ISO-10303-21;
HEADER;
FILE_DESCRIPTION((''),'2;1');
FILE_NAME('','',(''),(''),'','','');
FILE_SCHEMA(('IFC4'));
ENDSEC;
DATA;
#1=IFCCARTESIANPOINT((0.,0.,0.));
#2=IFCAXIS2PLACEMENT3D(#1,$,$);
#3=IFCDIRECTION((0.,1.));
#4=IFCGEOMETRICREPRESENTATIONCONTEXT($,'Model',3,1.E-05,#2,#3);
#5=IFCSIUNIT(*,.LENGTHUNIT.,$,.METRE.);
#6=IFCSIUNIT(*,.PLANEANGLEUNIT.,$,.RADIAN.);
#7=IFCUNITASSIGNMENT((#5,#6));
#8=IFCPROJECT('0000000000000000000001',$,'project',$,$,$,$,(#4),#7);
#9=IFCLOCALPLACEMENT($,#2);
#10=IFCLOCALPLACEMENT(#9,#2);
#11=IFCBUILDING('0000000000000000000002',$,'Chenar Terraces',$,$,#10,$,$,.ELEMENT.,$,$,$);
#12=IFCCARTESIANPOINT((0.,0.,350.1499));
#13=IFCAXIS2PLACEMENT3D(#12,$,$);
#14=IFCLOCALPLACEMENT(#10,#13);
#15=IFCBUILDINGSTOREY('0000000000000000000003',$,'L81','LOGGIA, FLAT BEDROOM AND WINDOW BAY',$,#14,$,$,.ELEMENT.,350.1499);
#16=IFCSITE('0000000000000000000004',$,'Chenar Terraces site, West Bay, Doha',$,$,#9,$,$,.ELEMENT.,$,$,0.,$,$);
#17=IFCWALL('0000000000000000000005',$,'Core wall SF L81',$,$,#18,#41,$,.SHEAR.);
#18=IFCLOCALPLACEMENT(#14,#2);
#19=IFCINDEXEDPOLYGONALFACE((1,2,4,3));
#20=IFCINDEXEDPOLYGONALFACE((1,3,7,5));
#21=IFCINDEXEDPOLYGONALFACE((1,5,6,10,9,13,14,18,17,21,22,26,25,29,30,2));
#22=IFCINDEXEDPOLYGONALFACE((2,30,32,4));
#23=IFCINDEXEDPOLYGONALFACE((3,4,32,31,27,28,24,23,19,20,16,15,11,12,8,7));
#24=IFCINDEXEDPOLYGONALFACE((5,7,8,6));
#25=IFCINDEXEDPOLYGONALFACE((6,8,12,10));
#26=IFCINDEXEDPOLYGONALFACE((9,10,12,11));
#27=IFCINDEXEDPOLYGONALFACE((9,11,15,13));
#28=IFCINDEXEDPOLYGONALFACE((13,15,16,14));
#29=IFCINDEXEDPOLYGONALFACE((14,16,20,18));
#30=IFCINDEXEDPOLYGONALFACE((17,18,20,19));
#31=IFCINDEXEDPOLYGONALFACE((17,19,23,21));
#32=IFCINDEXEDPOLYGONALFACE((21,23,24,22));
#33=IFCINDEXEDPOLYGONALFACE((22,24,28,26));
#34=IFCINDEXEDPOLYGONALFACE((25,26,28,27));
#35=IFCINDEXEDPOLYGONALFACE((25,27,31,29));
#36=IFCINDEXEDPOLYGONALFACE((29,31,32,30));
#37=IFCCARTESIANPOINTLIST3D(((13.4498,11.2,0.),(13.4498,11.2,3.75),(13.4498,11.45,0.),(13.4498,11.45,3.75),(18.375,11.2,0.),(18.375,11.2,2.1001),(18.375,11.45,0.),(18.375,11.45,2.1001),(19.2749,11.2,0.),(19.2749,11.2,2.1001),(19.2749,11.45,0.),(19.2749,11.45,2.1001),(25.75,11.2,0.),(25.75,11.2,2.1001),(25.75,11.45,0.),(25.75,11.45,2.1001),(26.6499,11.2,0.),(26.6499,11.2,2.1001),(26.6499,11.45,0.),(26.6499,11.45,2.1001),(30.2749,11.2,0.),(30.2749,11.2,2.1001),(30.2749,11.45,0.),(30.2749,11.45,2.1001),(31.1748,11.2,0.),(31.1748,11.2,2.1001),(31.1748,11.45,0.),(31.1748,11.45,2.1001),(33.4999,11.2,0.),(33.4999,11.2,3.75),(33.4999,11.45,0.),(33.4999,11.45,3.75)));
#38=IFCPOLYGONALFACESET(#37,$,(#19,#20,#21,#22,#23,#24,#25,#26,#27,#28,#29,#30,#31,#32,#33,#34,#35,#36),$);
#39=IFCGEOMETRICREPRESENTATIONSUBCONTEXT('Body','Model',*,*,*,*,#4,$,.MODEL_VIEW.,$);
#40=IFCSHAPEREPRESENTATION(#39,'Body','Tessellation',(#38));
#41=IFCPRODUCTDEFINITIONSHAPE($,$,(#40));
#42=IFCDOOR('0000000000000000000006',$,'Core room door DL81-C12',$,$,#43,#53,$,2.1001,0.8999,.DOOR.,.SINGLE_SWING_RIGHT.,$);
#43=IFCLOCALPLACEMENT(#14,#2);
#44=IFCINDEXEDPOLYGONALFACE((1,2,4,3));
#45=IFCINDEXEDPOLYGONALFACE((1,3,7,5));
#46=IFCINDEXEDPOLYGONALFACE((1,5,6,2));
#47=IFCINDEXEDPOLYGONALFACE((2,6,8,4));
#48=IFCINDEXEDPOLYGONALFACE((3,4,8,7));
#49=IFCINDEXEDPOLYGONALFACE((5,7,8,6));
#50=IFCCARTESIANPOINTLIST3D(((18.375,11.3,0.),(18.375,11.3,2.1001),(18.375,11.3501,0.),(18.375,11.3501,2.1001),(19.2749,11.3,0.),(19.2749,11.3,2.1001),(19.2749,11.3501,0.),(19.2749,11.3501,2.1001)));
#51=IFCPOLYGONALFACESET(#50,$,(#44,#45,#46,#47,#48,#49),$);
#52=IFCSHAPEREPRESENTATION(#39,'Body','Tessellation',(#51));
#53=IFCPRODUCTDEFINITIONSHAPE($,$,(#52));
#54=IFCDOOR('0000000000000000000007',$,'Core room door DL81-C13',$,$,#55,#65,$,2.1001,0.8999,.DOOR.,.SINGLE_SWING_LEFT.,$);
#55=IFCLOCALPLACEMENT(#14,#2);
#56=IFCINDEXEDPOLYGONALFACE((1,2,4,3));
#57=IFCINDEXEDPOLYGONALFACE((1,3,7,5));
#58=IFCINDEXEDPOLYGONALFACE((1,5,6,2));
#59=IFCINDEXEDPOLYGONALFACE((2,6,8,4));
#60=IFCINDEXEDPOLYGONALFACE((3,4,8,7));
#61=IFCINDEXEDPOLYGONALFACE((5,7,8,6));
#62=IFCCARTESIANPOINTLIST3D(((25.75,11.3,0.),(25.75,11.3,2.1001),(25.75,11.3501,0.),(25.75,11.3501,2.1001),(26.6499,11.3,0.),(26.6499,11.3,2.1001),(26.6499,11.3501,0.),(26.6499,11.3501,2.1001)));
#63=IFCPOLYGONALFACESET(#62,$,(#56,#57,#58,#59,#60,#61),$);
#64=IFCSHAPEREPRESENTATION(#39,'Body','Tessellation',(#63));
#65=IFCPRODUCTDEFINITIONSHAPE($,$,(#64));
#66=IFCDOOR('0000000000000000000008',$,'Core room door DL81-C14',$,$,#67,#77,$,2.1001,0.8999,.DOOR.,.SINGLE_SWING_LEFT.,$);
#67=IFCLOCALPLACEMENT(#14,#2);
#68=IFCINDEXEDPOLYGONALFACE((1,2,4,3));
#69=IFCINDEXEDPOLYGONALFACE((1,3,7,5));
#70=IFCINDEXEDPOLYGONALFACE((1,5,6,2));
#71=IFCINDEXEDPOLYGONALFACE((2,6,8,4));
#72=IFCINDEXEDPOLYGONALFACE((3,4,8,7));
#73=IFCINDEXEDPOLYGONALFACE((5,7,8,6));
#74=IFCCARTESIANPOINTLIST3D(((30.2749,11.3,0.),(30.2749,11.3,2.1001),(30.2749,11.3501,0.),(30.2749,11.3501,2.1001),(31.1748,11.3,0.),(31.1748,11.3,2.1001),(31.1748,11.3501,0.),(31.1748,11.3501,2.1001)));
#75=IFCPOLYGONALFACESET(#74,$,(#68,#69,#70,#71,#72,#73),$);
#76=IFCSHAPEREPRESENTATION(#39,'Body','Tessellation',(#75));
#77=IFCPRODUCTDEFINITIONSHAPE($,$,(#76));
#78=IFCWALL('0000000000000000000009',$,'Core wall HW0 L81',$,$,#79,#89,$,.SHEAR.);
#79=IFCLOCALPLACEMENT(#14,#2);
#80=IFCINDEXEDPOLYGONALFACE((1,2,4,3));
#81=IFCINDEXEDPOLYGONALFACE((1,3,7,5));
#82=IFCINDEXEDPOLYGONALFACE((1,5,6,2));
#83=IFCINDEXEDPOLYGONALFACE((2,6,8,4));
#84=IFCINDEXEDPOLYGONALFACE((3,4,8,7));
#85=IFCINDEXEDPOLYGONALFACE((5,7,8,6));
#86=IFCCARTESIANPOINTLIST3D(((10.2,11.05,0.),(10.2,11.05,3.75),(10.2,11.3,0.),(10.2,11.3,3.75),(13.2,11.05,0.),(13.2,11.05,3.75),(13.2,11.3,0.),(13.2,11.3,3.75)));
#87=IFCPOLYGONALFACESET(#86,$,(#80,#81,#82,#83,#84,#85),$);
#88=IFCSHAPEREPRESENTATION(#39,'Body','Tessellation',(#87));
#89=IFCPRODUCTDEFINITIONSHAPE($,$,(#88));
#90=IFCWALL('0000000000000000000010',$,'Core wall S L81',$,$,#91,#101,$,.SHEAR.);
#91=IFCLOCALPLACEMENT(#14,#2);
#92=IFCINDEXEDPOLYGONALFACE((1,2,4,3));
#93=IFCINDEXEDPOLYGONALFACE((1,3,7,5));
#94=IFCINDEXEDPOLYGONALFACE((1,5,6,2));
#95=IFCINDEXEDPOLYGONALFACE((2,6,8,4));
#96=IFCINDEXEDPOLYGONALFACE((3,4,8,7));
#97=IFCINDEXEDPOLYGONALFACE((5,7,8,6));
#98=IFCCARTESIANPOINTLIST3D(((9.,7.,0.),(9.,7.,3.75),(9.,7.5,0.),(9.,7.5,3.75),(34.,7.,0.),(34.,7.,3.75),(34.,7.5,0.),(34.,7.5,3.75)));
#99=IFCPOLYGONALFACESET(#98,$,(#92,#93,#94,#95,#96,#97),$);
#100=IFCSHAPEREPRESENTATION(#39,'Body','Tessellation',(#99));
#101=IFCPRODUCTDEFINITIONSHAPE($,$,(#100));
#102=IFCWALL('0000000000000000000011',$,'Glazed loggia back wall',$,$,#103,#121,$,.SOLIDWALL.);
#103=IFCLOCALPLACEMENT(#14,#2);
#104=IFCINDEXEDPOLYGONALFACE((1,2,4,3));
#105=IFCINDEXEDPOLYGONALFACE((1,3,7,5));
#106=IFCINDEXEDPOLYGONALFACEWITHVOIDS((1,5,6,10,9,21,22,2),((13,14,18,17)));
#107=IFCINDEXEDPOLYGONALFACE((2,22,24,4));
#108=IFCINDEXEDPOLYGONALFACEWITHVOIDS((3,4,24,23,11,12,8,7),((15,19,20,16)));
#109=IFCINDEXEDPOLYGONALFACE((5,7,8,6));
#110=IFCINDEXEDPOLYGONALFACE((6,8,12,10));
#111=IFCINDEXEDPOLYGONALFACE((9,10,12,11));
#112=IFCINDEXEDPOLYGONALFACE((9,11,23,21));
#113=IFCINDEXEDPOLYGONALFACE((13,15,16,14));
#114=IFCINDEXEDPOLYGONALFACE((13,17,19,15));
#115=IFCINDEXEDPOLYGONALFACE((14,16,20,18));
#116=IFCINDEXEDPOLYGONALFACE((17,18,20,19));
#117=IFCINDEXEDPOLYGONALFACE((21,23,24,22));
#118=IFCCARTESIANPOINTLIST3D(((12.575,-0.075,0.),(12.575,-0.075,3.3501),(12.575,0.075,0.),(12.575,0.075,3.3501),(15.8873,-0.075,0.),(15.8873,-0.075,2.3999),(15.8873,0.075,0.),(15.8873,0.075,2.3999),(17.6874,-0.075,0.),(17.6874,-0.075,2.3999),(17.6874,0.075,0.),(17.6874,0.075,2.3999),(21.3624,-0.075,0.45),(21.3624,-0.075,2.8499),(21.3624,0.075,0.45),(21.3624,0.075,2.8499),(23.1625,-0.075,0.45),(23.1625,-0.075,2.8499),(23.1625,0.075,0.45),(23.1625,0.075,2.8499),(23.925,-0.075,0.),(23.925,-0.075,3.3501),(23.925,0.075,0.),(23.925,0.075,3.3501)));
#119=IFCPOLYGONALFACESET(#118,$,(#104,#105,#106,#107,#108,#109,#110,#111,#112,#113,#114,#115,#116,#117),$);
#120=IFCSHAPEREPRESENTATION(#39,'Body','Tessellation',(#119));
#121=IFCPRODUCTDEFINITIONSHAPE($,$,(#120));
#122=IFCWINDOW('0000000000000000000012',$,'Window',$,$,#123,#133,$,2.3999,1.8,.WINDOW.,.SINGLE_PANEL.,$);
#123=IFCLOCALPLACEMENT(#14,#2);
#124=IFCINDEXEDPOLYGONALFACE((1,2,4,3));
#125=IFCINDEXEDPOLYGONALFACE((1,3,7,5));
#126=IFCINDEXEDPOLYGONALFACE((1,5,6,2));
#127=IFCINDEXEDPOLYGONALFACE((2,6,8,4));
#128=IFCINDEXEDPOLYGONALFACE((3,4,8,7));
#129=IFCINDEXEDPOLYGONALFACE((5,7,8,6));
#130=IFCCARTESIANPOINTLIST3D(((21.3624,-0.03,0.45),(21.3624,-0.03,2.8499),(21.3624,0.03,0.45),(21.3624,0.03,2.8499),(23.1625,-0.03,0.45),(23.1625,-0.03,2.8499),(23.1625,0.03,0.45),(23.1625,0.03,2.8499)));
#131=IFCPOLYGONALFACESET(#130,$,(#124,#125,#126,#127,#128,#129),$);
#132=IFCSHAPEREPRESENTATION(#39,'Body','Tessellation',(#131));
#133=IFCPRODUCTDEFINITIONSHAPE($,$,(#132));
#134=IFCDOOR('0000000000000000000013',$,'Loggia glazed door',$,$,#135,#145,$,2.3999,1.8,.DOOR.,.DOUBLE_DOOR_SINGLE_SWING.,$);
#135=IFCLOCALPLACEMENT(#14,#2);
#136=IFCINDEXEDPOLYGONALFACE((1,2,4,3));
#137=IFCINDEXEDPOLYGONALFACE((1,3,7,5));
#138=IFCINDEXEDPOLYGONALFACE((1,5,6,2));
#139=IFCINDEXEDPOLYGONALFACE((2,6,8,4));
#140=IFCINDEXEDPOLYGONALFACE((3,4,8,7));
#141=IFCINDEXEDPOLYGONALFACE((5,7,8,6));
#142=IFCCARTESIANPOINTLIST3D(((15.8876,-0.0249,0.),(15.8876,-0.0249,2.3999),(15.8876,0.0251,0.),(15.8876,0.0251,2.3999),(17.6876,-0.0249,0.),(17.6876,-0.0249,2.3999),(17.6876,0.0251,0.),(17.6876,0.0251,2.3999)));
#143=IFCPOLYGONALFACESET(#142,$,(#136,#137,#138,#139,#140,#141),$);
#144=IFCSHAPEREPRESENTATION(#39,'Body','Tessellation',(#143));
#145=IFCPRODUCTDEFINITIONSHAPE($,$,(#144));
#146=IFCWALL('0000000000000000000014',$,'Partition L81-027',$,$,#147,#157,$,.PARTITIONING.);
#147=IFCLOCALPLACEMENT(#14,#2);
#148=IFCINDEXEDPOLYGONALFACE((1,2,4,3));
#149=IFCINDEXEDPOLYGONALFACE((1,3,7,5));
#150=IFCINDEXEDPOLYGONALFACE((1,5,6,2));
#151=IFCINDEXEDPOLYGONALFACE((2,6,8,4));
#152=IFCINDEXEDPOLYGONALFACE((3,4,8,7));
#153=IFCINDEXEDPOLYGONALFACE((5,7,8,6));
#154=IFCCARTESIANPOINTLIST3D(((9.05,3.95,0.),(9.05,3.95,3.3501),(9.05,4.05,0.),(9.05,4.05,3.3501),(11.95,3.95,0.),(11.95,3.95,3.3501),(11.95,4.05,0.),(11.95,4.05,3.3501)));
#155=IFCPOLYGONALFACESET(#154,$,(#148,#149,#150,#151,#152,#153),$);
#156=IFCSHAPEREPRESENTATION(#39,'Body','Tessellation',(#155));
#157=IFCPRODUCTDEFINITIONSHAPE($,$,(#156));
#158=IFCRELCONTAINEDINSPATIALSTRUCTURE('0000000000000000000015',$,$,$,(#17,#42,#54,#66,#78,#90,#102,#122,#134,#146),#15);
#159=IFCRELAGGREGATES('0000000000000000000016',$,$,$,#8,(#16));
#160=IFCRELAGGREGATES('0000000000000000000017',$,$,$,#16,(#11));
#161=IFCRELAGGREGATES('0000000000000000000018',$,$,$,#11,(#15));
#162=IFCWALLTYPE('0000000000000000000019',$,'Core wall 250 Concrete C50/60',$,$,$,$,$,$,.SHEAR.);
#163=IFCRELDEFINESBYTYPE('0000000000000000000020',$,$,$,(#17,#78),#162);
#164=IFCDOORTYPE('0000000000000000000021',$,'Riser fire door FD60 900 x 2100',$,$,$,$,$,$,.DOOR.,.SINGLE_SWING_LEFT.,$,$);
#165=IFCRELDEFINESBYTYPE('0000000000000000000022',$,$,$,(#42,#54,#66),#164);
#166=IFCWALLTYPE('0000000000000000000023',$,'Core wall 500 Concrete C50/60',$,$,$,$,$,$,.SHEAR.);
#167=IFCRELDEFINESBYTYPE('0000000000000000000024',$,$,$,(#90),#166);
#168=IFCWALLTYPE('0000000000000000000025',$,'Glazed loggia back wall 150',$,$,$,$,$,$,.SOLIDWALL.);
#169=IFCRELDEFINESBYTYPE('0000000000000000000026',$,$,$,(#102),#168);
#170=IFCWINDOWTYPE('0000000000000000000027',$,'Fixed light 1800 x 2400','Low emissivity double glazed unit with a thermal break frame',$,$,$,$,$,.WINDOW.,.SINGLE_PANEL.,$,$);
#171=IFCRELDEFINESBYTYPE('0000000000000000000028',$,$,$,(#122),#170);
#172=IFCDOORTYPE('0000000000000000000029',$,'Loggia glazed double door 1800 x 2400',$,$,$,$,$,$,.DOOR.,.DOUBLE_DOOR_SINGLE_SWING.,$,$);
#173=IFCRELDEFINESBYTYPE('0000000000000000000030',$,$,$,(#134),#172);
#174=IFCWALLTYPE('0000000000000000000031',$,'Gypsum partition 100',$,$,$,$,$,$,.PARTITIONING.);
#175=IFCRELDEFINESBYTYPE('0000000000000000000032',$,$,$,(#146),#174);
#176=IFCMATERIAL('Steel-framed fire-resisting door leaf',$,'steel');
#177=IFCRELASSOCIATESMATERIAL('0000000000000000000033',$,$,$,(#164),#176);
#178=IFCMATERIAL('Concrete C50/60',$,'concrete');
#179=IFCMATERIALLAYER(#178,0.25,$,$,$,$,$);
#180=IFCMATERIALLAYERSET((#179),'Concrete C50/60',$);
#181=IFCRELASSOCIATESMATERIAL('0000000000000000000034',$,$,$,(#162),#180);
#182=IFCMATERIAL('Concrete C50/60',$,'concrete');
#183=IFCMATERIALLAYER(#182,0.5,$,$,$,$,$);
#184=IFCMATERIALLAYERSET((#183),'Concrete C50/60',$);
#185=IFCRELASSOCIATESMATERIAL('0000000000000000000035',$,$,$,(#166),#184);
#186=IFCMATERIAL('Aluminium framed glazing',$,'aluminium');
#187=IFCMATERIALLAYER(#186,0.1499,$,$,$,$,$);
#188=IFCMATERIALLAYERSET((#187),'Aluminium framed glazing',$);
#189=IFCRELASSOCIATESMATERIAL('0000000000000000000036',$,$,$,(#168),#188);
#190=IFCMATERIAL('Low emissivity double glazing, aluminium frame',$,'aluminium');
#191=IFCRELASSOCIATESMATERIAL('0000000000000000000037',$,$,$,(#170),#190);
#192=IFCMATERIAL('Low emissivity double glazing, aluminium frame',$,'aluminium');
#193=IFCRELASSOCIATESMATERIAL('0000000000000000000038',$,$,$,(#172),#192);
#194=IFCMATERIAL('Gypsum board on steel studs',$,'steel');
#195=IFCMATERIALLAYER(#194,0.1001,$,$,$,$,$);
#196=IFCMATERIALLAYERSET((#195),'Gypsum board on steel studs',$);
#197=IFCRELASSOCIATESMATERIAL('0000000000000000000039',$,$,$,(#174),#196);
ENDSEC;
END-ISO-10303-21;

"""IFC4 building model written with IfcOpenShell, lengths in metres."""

from ifc_helpers import new_model, si_unit, direction, frame, frame_2d, origin, place, context, subcontext, project, spatial, rectangle, extrude, material, layer, layer_set, type_object, element, fill, save


model = new_model("IFC4")

# Units and contexts
model_context = context("Model", 3, precision=1e-05, world=origin(), true_north=direction((0.0, 1.0)))
body_context = subcontext(model_context, "Body", "Model", "MODEL_VIEW")
ifc_project = project(units=[si_unit("LENGTHUNIT", "METRE"), si_unit("PLANEANGLEUNIT", "RADIAN")], contexts=[model_context])

# Site, building, storey
site_placement = place(None, origin())
site = spatial("IfcSite", under=ifc_project, at=site_placement, Name="Chenar Terraces site, West Bay, Doha", CompositionType="ELEMENT", RefElevation=0.0)
building_placement = place(site_placement, origin())
building = spatial("IfcBuilding", under=site, at=building_placement, Name="Chenar Terraces", CompositionType="ELEMENT")
storey_placement = place(building_placement, frame((0.0, 0.0, 350.1499)))
storey = spatial("IfcBuildingStorey", under=building, at=storey_placement, Name="L81", Description="LOGGIA, FLAT BEDROOM AND WINDOW BAY", CompositionType="ELEMENT", Elevation=350.1499)

# Shared definitions
ifc_material_1 = material(Name="Steel-framed fire-resisting door leaf", Category="steel")
door_type_1 = type_object("IfcDoorType", Name="Riser fire door FD60 900 x 2100", OperationType="SINGLE_SWING_LEFT", PredefinedType="DOOR", material=ifc_material_1)

# Shared definitions
ifc_material_2 = material(Name="Concrete C50/60", Category="concrete")
ifc_layer_1 = layer(ifc_material_2, 0.25)
ifc_layer_set_1 = layer_set([ifc_layer_1], Name="Concrete C50/60")
wall_type_1 = type_object("IfcWallType", Name="Core wall 250 Concrete C50/60", PredefinedType="SHEAR", material=ifc_layer_set_1)

# Wall, openings, doors
wall_1_placement = place(storey_placement, frame((13.45, 11.325, 0.0), z_axis=(0.0, 0.0, 1.0), x_axis=(1.0, 0.0, 0.0)))
wall_1 = element("IfcWall", 1, at=wall_1_placement, inside=storey, type_object=wall_type_1, Name="Core wall SF L81", PredefinedType="SHEAR", context=body_context, shape_type="SweptSolid", body=[
    extrude(rectangle(XDim=20.05, YDim=0.25, at=frame_2d((10.0249, 0.0))), origin(), (0.0, 0.0, 1.0), 3.75),
])
opening_1_placement = place(wall_1_placement, frame((4.925, 0.0, 0.0)))
opening_1 = element("IfcOpeningElement", 2, at=opening_1_placement, cuts=wall_1, PredefinedType="OPENING", context=body_context, shape_type="SweptSolid", body=[
    extrude(rectangle(XDim=0.8999, YDim=2.1001, at=frame_2d((0.45, 1.05))), frame((0.0, 0.135, 0.0), z_axis=(0.0, -1.0, 0.0), x_axis=(1.0, 0.0, 0.0)), (0.0, 0.0, 1.0), 0.27),
])
opening_2_placement = place(wall_1_placement, frame((12.3, 0.0, 0.0)))
opening_2 = element("IfcOpeningElement", 3, at=opening_2_placement, cuts=wall_1, PredefinedType="OPENING", context=body_context, shape_type="SweptSolid", body=[
    extrude(rectangle(XDim=0.8999, YDim=2.1001, at=frame_2d((0.45, 1.05))), frame((0.0, 0.135, 0.0), z_axis=(0.0, -1.0, 0.0), x_axis=(1.0, 0.0, 0.0)), (0.0, 0.0, 1.0), 0.27),
])
opening_3_placement = place(wall_1_placement, frame((16.825, 0.0, 0.0)))
opening_3 = element("IfcOpeningElement", 4, at=opening_3_placement, cuts=wall_1, PredefinedType="OPENING", context=body_context, shape_type="SweptSolid", body=[
    extrude(rectangle(XDim=0.8999, YDim=2.1001, at=frame_2d((0.45, 1.05))), frame((0.0, 0.135, 0.0), z_axis=(0.0, -1.0, 0.0), x_axis=(1.0, 0.0, 0.0)), (0.0, 0.0, 1.0), 0.27),
])
door_1_placement = place(opening_1_placement, frame((0.8999, 0.0, 0.0), z_axis=(0.0, 0.0, 1.0), x_axis=(-1.0, 0.0, 0.0)))
door_1 = element("IfcDoor", 5, at=door_1_placement, inside=storey, type_object=door_type_1, Name="Core room door DL81-C12", OperationType="SINGLE_SWING_RIGHT", OverallHeight=2.1001, OverallWidth=0.8999, PredefinedType="DOOR", context=body_context, shape_type="SweptSolid", body=[
    extrude(rectangle(XDim=0.8999, YDim=2.1001, at=frame_2d((0.45, 1.05))), frame((0.0, 0.0249, 0.0), z_axis=(0.0, -1.0, 0.0), x_axis=(1.0, 0.0, 0.0)), (0.0, 0.0, 1.0), 0.05),
])
fill(opening_1, door_1)
door_2_placement = place(opening_2_placement, frame((0.8999, 0.0, 0.0), z_axis=(0.0, 0.0, 1.0), x_axis=(-1.0, 0.0, 0.0)))
door_2 = element("IfcDoor", 6, at=door_2_placement, inside=storey, type_object=door_type_1, Name="Core room door DL81-C13", OperationType="SINGLE_SWING_LEFT", OverallHeight=2.1001, OverallWidth=0.8999, PredefinedType="DOOR", context=body_context, shape_type="SweptSolid", body=[
    extrude(rectangle(XDim=0.8999, YDim=2.1001, at=frame_2d((0.45, 1.05))), frame((0.0, 0.0249, 0.0), z_axis=(0.0, -1.0, 0.0), x_axis=(1.0, 0.0, 0.0)), (0.0, 0.0, 1.0), 0.05),
])
fill(opening_2, door_2)
door_3_placement = place(opening_3_placement, frame((0.8999, 0.0, 0.0), z_axis=(0.0, 0.0, 1.0), x_axis=(-1.0, 0.0, 0.0)))
door_3 = element("IfcDoor", 7, at=door_3_placement, inside=storey, type_object=door_type_1, Name="Core room door DL81-C14", OperationType="SINGLE_SWING_LEFT", OverallHeight=2.1001, OverallWidth=0.8999, PredefinedType="DOOR", context=body_context, shape_type="SweptSolid", body=[
    extrude(rectangle(XDim=0.8999, YDim=2.1001, at=frame_2d((0.45, 1.05))), frame((0.0, 0.0249, 0.0), z_axis=(0.0, -1.0, 0.0), x_axis=(1.0, 0.0, 0.0)), (0.0, 0.0, 1.0), 0.05),
])
fill(opening_3, door_3)

# Walls
wall_2_placement = place(storey_placement, frame((10.2, 11.175, 0.0), z_axis=(0.0, 0.0, 1.0), x_axis=(1.0, 0.0, 0.0)))
element("IfcWall", 8, at=wall_2_placement, inside=storey, type_object=wall_type_1, Name="Core wall HW0 L81", PredefinedType="SHEAR", context=body_context, shape_type="SweptSolid", body=[
    extrude(rectangle(XDim=3.0, YDim=0.25, at=frame_2d((1.5, 0.0))), origin(), (0.0, 0.0, 1.0), 3.75),
])
ifc_material_3 = material(Name="Concrete C50/60", Category="concrete")
ifc_layer_2 = layer(ifc_material_3, 0.5)
ifc_layer_set_2 = layer_set([ifc_layer_2], Name="Concrete C50/60")
wall_type_2 = type_object("IfcWallType", Name="Core wall 500 Concrete C50/60", PredefinedType="SHEAR", material=ifc_layer_set_2)
wall_3_placement = place(storey_placement, frame((9.0, 7.25, 0.0), z_axis=(0.0, 0.0, 1.0), x_axis=(1.0, 0.0, 0.0)))
element("IfcWall", 9, at=wall_3_placement, inside=storey, type_object=wall_type_2, Name="Core wall S L81", PredefinedType="SHEAR", context=body_context, shape_type="SweptSolid", body=[
    extrude(rectangle(XDim=25.0, YDim=0.5, at=frame_2d((12.5, 0.0))), origin(), (0.0, 0.0, 1.0), 3.75),
])

# Wall, openings, window, door
ifc_material_4 = material(Name="Aluminium framed glazing", Category="aluminium")
ifc_layer_3 = layer(ifc_material_4, 0.1499)
ifc_layer_set_3 = layer_set([ifc_layer_3], Name="Aluminium framed glazing")
wall_type_3 = type_object("IfcWallType", Name="Glazed loggia back wall 150", PredefinedType="SOLIDWALL", material=ifc_layer_set_3)
wall_4_placement = place(storey_placement, frame((12.575, 0.0, 0.0), z_axis=(0.0, 0.0, 1.0), x_axis=(1.0, 0.0, 0.0)))
wall_4 = element("IfcWall", 10, at=wall_4_placement, inside=storey, type_object=wall_type_3, Name="Glazed loggia back wall", PredefinedType="SOLIDWALL", context=body_context, shape_type="SweptSolid", body=[
    extrude(rectangle(XDim=11.3501, YDim=0.1499, at=frame_2d((5.675, 0.0))), origin(), (0.0, 0.0, 1.0), 3.3501),
])
opening_4_placement = place(wall_4_placement, frame((3.3125, 0.0, 0.0)))
opening_4 = element("IfcOpeningElement", 11, at=opening_4_placement, cuts=wall_4, PredefinedType="OPENING", context=body_context, shape_type="SweptSolid", body=[
    extrude(rectangle(XDim=1.8, YDim=2.3999, at=frame_2d((0.8999, 1.2))), frame((0.0, 0.085, 0.0), z_axis=(0.0, -1.0, 0.0), x_axis=(1.0, 0.0, 0.0)), (0.0, 0.0, 1.0), 0.1699),
])
opening_5_placement = place(wall_4_placement, frame((8.7876, 0.0, 0.45)))
opening_5 = element("IfcOpeningElement", 12, at=opening_5_placement, cuts=wall_4, PredefinedType="OPENING", context=body_context, shape_type="SweptSolid", body=[
    extrude(rectangle(XDim=1.8, YDim=2.3999, at=frame_2d((0.8999, 1.2))), frame((0.0, 0.085, 0.0), z_axis=(0.0, -1.0, 0.0), x_axis=(1.0, 0.0, 0.0)), (0.0, 0.0, 1.0), 0.1699),
])
ifc_material_5 = material(Name="Low emissivity double glazing, aluminium frame", Category="aluminium")
window_type = type_object("IfcWindowType", Name="Fixed light 1800 x 2400", Description="Low emissivity double glazed unit with a thermal break frame", PartitioningType="SINGLE_PANEL", PredefinedType="WINDOW", material=ifc_material_5)
window_placement = place(opening_5_placement, origin())
window = element("IfcWindow", 13, at=window_placement, inside=storey, type_object=window_type, Name="Window", OverallHeight=2.3999, OverallWidth=1.8, PartitioningType="SINGLE_PANEL", PredefinedType="WINDOW", context=body_context, shape_type="SweptSolid", body=[
    extrude(rectangle(XDim=1.8, YDim=2.3999, at=frame_2d((0.8999, 1.2))), frame((0.0, 0.03, 0.0), z_axis=(0.0, -1.0, 0.0), x_axis=(1.0, 0.0, 0.0)), (0.0, 0.0, 1.0), 0.0601),
])
fill(opening_5, window)
ifc_material_6 = material(Name="Low emissivity double glazing, aluminium frame", Category="aluminium")
door_type_2 = type_object("IfcDoorType", Name="Loggia glazed double door 1800 x 2400", OperationType="DOUBLE_DOOR_SINGLE_SWING", PredefinedType="DOOR", material=ifc_material_6)
door_4_placement = place(opening_4_placement, frame((1.8, 0.0, 0.0), z_axis=(0.0, 0.0, 1.0), x_axis=(-1.0, 0.0, 0.0)))
door_4 = element("IfcDoor", 14, at=door_4_placement, inside=storey, type_object=door_type_2, Name="Loggia glazed door", OperationType="DOUBLE_DOOR_SINGLE_SWING", OverallHeight=2.3999, OverallWidth=1.8, PredefinedType="DOOR", context=body_context, shape_type="SweptSolid", body=[
    extrude(rectangle(XDim=1.8, YDim=2.3999, at=frame_2d((0.8999, 1.2))), frame((0.0, 0.0249, 0.0), z_axis=(0.0, -1.0, 0.0), x_axis=(1.0, 0.0, 0.0)), (0.0, 0.0, 1.0), 0.05),
])
fill(opening_4, door_4)

# Wall
ifc_material_7 = material(Name="Gypsum board on steel studs", Category="steel")
ifc_layer_4 = layer(ifc_material_7, 0.1001)
ifc_layer_set_4 = layer_set([ifc_layer_4], Name="Gypsum board on steel studs")
wall_type_4 = type_object("IfcWallType", Name="Gypsum partition 100", PredefinedType="PARTITIONING", material=ifc_layer_set_4)
wall_5_placement = place(storey_placement, frame((9.05, 4.0, 0.0), z_axis=(0.0, 0.0, 1.0), x_axis=(1.0, 0.0, 0.0)))
element("IfcWall", 15, at=wall_5_placement, inside=storey, type_object=wall_type_4, Name="Partition L81-027", PredefinedType="PARTITIONING", context=body_context, shape_type="SweptSolid", body=[
    extrude(rectangle(XDim=2.8999, YDim=0.1001, at=frame_2d((1.45, 0.0))), origin(), (0.0, 0.0, 1.0), 3.3501),
])

save(model, "model.ifc")
